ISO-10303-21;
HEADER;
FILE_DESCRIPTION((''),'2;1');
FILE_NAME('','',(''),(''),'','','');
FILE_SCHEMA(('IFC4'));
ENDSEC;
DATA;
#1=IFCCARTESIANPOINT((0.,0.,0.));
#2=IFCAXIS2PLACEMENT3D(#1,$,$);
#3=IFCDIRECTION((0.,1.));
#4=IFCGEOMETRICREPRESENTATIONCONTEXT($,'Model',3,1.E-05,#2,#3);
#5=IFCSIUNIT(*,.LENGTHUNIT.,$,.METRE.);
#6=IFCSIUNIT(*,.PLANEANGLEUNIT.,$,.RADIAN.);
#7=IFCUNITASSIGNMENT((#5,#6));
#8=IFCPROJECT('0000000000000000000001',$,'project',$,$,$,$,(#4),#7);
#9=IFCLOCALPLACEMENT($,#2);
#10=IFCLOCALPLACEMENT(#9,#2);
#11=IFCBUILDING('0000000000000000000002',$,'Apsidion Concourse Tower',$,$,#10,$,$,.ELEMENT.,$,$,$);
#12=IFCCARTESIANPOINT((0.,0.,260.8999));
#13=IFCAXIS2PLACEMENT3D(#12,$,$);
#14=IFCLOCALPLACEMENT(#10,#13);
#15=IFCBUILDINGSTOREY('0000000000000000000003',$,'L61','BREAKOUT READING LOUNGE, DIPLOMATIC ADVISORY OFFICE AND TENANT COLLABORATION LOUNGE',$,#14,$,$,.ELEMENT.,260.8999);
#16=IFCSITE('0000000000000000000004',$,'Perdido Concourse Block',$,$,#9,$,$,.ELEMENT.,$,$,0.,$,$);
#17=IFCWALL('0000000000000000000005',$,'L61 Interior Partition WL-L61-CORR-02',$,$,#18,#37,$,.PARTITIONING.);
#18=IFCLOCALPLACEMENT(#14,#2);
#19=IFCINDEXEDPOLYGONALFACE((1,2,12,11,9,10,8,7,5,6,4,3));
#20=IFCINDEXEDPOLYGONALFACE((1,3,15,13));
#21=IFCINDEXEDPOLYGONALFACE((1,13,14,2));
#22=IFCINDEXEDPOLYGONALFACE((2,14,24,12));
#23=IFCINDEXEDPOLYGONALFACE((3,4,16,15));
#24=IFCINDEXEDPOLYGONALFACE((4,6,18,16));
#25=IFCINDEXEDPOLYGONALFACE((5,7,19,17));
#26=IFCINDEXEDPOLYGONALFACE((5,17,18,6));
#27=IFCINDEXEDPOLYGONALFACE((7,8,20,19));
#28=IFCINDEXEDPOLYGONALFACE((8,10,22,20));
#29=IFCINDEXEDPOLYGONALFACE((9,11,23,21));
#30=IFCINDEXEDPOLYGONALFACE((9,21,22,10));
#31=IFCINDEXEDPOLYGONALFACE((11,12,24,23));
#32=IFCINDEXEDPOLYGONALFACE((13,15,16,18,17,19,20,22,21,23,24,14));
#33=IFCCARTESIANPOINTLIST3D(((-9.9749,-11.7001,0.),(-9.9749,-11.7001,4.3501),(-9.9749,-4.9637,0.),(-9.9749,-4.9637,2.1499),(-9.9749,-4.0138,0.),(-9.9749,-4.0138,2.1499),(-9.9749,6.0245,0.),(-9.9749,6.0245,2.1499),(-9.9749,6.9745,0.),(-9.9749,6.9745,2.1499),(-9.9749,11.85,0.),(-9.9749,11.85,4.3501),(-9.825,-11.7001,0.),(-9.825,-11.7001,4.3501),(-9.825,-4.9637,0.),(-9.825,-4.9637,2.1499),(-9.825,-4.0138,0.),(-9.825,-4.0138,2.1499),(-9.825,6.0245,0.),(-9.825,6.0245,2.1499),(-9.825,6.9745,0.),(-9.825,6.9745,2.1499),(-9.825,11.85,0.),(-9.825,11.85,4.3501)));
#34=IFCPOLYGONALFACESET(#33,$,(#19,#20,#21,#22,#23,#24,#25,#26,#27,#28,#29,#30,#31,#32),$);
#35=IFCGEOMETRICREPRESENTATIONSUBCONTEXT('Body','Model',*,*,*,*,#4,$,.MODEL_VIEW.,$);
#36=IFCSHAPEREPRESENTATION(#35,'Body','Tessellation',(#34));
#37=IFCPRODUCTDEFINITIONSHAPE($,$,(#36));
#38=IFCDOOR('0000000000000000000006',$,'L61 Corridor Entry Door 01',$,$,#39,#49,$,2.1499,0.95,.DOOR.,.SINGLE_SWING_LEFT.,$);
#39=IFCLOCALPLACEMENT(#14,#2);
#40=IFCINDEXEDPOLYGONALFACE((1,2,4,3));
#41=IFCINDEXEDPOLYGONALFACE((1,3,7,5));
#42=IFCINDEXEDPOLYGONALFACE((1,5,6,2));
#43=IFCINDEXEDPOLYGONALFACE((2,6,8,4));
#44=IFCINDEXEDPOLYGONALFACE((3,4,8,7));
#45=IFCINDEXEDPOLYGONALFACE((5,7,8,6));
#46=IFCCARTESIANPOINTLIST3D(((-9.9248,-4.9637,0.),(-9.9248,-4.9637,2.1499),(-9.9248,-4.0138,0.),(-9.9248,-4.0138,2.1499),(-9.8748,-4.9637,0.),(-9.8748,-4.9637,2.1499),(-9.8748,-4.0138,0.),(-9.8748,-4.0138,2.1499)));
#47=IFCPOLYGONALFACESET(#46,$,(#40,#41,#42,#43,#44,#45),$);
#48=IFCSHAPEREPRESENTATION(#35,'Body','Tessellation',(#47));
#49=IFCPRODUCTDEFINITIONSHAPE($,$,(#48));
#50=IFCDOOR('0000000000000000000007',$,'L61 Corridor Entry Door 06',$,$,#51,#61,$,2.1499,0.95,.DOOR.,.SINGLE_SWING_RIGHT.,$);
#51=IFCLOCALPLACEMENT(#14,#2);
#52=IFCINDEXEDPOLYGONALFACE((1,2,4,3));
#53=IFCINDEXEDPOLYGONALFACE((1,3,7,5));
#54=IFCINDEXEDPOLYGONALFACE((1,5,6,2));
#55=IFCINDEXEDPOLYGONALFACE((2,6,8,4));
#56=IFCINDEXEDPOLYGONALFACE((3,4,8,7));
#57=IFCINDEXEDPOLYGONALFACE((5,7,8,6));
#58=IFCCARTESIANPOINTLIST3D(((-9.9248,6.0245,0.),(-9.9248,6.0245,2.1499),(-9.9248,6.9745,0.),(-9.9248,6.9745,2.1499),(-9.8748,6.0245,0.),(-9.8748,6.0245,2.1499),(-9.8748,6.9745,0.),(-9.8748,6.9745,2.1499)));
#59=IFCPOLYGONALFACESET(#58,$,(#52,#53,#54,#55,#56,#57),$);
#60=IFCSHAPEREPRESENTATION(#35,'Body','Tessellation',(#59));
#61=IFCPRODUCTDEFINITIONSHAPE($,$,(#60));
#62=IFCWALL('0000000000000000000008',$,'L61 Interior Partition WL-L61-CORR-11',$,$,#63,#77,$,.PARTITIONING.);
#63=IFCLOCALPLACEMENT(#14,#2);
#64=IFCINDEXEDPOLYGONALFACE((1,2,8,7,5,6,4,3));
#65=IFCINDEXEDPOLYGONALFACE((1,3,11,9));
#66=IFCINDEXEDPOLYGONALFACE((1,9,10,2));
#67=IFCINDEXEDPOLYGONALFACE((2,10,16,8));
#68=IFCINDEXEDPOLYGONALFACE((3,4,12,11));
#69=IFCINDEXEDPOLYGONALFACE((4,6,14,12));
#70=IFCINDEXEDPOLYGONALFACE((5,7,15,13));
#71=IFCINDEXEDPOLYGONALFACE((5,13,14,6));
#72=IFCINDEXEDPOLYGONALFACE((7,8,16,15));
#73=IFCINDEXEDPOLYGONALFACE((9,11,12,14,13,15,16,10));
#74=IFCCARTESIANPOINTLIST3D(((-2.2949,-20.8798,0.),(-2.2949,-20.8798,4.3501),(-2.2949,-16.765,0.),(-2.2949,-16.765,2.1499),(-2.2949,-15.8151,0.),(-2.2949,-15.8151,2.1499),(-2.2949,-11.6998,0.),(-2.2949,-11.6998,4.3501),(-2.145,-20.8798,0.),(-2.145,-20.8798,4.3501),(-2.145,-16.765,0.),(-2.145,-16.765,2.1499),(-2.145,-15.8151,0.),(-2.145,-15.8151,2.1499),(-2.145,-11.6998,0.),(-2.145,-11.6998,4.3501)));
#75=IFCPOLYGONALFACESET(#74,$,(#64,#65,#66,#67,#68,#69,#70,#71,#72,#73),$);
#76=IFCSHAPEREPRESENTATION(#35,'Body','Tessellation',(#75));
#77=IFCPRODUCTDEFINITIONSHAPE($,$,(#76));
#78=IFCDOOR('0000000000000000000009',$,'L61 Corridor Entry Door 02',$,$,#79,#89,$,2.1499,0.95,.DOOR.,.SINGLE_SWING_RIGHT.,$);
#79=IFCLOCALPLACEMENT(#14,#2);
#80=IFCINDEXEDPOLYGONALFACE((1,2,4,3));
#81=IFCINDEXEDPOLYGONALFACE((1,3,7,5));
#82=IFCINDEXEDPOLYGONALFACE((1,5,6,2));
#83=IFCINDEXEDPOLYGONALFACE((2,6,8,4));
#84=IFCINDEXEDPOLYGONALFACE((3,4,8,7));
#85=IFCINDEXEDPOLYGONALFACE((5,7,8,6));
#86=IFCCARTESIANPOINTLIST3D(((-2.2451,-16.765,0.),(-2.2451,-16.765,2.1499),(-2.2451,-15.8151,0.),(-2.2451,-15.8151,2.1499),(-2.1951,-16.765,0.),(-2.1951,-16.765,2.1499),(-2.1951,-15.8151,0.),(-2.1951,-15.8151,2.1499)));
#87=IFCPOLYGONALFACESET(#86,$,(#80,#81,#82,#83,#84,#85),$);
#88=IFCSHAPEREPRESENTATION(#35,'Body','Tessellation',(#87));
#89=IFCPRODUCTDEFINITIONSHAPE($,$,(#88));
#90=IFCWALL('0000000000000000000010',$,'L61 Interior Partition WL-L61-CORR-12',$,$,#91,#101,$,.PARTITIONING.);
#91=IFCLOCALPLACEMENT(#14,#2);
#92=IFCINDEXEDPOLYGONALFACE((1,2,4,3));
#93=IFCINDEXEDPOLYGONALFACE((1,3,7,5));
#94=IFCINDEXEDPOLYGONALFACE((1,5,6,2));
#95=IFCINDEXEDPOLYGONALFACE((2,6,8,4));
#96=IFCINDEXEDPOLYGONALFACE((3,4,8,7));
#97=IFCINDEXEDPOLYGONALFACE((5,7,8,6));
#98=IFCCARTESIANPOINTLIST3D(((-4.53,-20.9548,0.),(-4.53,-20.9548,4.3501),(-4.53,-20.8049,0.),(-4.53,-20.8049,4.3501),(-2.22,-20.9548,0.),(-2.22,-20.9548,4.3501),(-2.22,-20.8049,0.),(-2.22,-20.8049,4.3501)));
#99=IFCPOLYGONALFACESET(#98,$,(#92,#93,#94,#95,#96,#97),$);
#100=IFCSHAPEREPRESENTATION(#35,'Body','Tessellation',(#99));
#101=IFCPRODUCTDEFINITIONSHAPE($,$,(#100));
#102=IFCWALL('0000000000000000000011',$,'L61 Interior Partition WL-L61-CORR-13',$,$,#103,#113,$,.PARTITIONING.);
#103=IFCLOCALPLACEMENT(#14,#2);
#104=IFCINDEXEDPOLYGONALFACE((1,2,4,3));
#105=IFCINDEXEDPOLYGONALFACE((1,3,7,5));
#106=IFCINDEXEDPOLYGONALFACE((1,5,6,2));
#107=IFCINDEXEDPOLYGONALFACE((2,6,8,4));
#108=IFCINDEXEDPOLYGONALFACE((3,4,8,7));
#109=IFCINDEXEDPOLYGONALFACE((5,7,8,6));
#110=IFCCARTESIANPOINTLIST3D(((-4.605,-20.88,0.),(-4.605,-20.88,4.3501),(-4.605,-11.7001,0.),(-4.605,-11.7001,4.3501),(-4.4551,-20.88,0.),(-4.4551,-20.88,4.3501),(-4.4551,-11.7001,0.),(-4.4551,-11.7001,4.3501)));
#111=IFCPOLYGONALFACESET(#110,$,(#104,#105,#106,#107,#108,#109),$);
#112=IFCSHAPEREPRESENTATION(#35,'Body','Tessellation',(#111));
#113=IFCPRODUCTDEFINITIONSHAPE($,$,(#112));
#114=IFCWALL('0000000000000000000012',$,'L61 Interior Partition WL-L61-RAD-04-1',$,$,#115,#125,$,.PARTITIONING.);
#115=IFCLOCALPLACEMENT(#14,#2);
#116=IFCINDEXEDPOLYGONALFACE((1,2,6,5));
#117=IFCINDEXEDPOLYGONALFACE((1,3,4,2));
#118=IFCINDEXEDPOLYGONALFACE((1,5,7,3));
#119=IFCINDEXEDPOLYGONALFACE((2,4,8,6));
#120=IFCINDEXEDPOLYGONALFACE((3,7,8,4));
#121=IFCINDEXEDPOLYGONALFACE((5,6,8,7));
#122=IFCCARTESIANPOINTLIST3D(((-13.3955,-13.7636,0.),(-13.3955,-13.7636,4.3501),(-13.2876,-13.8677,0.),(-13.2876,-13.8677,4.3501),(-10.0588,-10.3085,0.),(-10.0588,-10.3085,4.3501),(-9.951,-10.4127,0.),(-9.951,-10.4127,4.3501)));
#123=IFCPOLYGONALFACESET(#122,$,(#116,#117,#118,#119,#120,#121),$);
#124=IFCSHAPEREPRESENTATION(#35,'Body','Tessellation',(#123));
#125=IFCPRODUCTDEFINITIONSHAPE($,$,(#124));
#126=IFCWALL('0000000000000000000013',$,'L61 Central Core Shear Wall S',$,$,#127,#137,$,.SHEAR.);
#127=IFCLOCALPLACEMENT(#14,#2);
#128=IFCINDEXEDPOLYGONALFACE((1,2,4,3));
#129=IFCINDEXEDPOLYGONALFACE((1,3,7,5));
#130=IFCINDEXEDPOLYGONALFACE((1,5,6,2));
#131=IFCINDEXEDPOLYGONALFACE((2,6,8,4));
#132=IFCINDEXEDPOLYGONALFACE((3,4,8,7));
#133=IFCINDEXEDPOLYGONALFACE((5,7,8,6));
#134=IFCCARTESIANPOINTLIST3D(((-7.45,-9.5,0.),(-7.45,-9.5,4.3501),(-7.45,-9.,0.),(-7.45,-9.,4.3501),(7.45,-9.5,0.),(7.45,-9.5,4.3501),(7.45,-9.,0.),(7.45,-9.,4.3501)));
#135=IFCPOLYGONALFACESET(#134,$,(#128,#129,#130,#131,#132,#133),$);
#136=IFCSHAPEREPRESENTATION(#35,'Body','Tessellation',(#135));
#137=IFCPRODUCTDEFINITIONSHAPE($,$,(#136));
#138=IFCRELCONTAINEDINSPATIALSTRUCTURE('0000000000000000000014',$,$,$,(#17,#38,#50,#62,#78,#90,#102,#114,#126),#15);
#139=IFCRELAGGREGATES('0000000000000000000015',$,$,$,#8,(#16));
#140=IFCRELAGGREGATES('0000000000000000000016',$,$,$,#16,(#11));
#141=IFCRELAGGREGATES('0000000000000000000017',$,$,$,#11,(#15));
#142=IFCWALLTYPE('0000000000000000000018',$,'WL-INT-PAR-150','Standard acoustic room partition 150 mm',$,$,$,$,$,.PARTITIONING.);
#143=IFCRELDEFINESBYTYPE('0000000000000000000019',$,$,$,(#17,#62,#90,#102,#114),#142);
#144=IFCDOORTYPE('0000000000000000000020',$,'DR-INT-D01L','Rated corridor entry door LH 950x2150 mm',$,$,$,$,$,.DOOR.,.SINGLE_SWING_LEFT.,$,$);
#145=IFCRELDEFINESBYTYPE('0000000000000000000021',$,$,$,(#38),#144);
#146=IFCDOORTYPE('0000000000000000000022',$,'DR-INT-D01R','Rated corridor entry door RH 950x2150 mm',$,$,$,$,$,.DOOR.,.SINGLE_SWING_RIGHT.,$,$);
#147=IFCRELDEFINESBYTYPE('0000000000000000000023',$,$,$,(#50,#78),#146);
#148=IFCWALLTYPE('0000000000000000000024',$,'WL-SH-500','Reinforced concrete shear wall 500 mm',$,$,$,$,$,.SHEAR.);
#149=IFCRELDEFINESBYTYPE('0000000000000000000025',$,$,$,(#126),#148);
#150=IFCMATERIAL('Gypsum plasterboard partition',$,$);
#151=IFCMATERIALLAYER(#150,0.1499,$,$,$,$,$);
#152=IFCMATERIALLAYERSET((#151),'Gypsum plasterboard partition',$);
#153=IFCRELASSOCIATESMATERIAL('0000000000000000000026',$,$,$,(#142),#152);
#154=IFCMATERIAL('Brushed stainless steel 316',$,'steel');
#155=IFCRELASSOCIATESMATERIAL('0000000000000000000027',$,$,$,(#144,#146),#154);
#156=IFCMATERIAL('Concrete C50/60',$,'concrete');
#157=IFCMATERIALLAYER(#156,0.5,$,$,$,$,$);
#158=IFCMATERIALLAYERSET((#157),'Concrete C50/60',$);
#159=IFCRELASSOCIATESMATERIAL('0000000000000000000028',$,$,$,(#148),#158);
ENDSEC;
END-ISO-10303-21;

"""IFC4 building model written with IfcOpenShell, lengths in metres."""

from ifc_helpers import new_model, si_unit, direction, frame, frame_2d, origin, place, context, subcontext, project, spatial, rectangle, extrude, material, layer, layer_set, type_object, element, fill, save


model = new_model("IFC4")

# Units and contexts
model_context = context("Model", 3, precision=1e-05, world=origin(), true_north=direction((0.0, 1.0)))
body_context = subcontext(model_context, "Body", "Model", "MODEL_VIEW")
ifc_project = project(units=[si_unit("LENGTHUNIT", "METRE"), si_unit("PLANEANGLEUNIT", "RADIAN")], contexts=[model_context])

# Site, building, storey
site_placement = place(None, origin())
site = spatial("IfcSite", under=ifc_project, at=site_placement, Name="Perdido Concourse Block", CompositionType="ELEMENT", RefElevation=0.0)
building_placement = place(site_placement, origin())
building = spatial("IfcBuilding", under=site, at=building_placement, Name="Apsidion Concourse Tower", CompositionType="ELEMENT")
storey_placement = place(building_placement, frame((0.0, 0.0, 260.8999)))
storey = spatial("IfcBuildingStorey", under=building, at=storey_placement, Name="L61", Description="BREAKOUT READING LOUNGE, DIPLOMATIC ADVISORY OFFICE AND TENANT COLLABORATION LOUNGE", CompositionType="ELEMENT", Elevation=260.8999)

# Shared definitions
ifc_material_1 = material(Name="Concrete C50/60", Category="concrete")

# Shared definitions
ifc_material_2 = material(Name="Gypsum plasterboard partition")
ifc_layer_1 = layer(ifc_material_2, 0.1499)
ifc_layer_set_1 = layer_set([ifc_layer_1], Name="Gypsum plasterboard partition")
wall_type_1 = type_object("IfcWallType", Name="WL-INT-PAR-150", Description="Standard acoustic room partition 150 mm", PredefinedType="PARTITIONING", material=ifc_layer_set_1)

# Wall, openings, doors
wall_1_placement = place(storey_placement, frame((-9.8999, -11.7, 0.0), z_axis=(0.0, 0.0, 1.0), x_axis=(0.0, 1.0, 0.0)))
wall_1 = element("IfcWall", 1, at=wall_1_placement, inside=storey, type_object=wall_type_1, Name="L61 Interior Partition WL-L61-CORR-02", PredefinedType="PARTITIONING", context=body_context, shape_type="SweptSolid", body=[
    extrude(rectangle(XDim=23.55, YDim=0.1499, at=frame_2d((11.7749, 0.0))), origin(), (0.0, 0.0, 1.0), 4.3501),
])
opening_1_placement = place(wall_1_placement, frame((6.7361, 0.0, 0.0)))
opening_1 = element("IfcOpeningElement", 2, at=opening_1_placement, cuts=wall_1, PredefinedType="OPENING", context=body_context, shape_type="SweptSolid", body=[
    extrude(rectangle(XDim=0.95, YDim=2.1499, at=frame_2d((0.4751, 1.075))), frame((0.0, 0.085, 0.0), z_axis=(0.0, -1.0, 0.0), x_axis=(1.0, 0.0, 0.0)), (0.0, 0.0, 1.0), 0.1699),
])
opening_2_placement = place(wall_1_placement, frame((17.7244, 0.0, 0.0)))
opening_2 = element("IfcOpeningElement", 3, at=opening_2_placement, cuts=wall_1, PredefinedType="OPENING", context=body_context, shape_type="SweptSolid", body=[
    extrude(rectangle(XDim=0.95, YDim=2.1499, at=frame_2d((0.4751, 1.075))), frame((0.0, 0.085, 0.0), z_axis=(0.0, -1.0, 0.0), x_axis=(1.0, 0.0, 0.0)), (0.0, 0.0, 1.0), 0.1699),
])
ifc_material_3 = material(Name="Brushed stainless steel 316", Category="steel")
door_type_1 = type_object("IfcDoorType", Name="DR-INT-D01L", Description="Rated corridor entry door LH 950x2150 mm", OperationType="SINGLE_SWING_LEFT", PredefinedType="DOOR", material=ifc_material_3)
door_1_placement = place(opening_1_placement, origin())
door_1 = element("IfcDoor", 4, at=door_1_placement, inside=storey, type_object=door_type_1, Name="L61 Corridor Entry Door 01", OperationType="SINGLE_SWING_LEFT", OverallHeight=2.1499, OverallWidth=0.95, PredefinedType="DOOR", context=body_context, shape_type="SweptSolid", body=[
    extrude(rectangle(XDim=0.95, YDim=2.1499, at=frame_2d((0.4751, 1.075))), frame((0.0, 0.0249, 0.0), z_axis=(0.0, -1.0, 0.0), x_axis=(1.0, 0.0, 0.0)), (0.0, 0.0, 1.0), 0.05),
])
fill(opening_1, door_1)
door_type_2 = type_object("IfcDoorType", Name="DR-INT-D01R", Description="Rated corridor entry door RH 950x2150 mm", OperationType="SINGLE_SWING_RIGHT", PredefinedType="DOOR", material=ifc_material_3)
door_2_placement = place(opening_2_placement, origin())
door_2 = element("IfcDoor", 5, at=door_2_placement, inside=storey, type_object=door_type_2, Name="L61 Corridor Entry Door 06", OperationType="SINGLE_SWING_RIGHT", OverallHeight=2.1499, OverallWidth=0.95, PredefinedType="DOOR", context=body_context, shape_type="SweptSolid", body=[
    extrude(rectangle(XDim=0.95, YDim=2.1499, at=frame_2d((0.4751, 1.075))), frame((0.0, 0.0249, 0.0), z_axis=(0.0, -1.0, 0.0), x_axis=(1.0, 0.0, 0.0)), (0.0, 0.0, 1.0), 0.05),
])
fill(opening_2, door_2)

# Wall, opening, door
wall_2_placement = place(storey_placement, frame((-2.22, -11.7, 0.0), z_axis=(0.0, 0.0, 1.0), x_axis=(0.0, -1.0, 0.0)))
wall_2 = element("IfcWall", 6, at=wall_2_placement, inside=storey, type_object=wall_type_1, Name="L61 Interior Partition WL-L61-CORR-11", PredefinedType="PARTITIONING", context=body_context, shape_type="SweptSolid", body=[
    extrude(rectangle(XDim=9.1799, YDim=0.1499, at=frame_2d((4.5898, 0.0))), origin(), (0.0, 0.0, 1.0), 4.3501),
])
opening_3_placement = place(wall_2_placement, frame((4.115, 0.0, 0.0)))
opening_3 = element("IfcOpeningElement", 7, at=opening_3_placement, cuts=wall_2, PredefinedType="OPENING", context=body_context, shape_type="SweptSolid", body=[
    extrude(rectangle(XDim=0.95, YDim=2.1499, at=frame_2d((0.4751, 1.075))), frame((0.0, 0.085, 0.0), z_axis=(0.0, -1.0, 0.0), x_axis=(1.0, 0.0, 0.0)), (0.0, 0.0, 1.0), 0.1699),
])
door_3_placement = place(opening_3_placement, origin())
door_3 = element("IfcDoor", 8, at=door_3_placement, inside=storey, type_object=door_type_2, Name="L61 Corridor Entry Door 02", OperationType="SINGLE_SWING_RIGHT", OverallHeight=2.1499, OverallWidth=0.95, PredefinedType="DOOR", context=body_context, shape_type="SweptSolid", body=[
    extrude(rectangle(XDim=0.95, YDim=2.1499, at=frame_2d((0.4751, 1.075))), frame((0.0, 0.0249, 0.0), z_axis=(0.0, -1.0, 0.0), x_axis=(1.0, 0.0, 0.0)), (0.0, 0.0, 1.0), 0.05),
])
fill(opening_3, door_3)

# Walls
wall_3_placement = place(storey_placement, frame((-2.22, -20.8799, 0.0), z_axis=(0.0, 0.0, 1.0), x_axis=(-1.0, 0.0, 0.0)))
element("IfcWall", 9, at=wall_3_placement, inside=storey, type_object=wall_type_1, Name="L61 Interior Partition WL-L61-CORR-12", PredefinedType="PARTITIONING", context=body_context, shape_type="SweptSolid", body=[
    extrude(rectangle(XDim=2.3101, YDim=0.1499, at=frame_2d((1.155, 0.0))), origin(), (0.0, 0.0, 1.0), 4.3501),
])
wall_4_placement = place(storey_placement, frame((-4.53, -20.8799, 0.0), z_axis=(0.0, 0.0, 1.0), x_axis=(0.0, 1.0, 0.0)))
element("IfcWall", 10, at=wall_4_placement, inside=storey, type_object=wall_type_1, Name="L61 Interior Partition WL-L61-CORR-13", PredefinedType="PARTITIONING", context=body_context, shape_type="SweptSolid", body=[
    extrude(rectangle(XDim=9.1799, YDim=0.1499, at=frame_2d((4.5898, 0.0))), origin(), (0.0, 0.0, 1.0), 4.3501),
])
wall_5_placement = place(storey_placement, frame((-10.0049, -10.3606, 0.0), z_axis=(0.0, 0.0, 1.0), x_axis=(-0.694673, -0.719325, 0.0)))
element("IfcWall", 11, at=wall_5_placement, inside=storey, type_object=wall_type_1, Name="L61 Interior Partition WL-L61-RAD-04-1", PredefinedType="PARTITIONING", context=body_context, shape_type="SweptSolid", body=[
    extrude(rectangle(XDim=4.8032, YDim=0.1499, at=frame_2d((2.4016, 0.0))), origin(), (0.0, 0.0, 1.0), 4.3501),
])
ifc_layer_2 = layer(ifc_material_1, 0.5)
ifc_layer_set_2 = layer_set([ifc_layer_2], Name="Concrete C50/60")
wall_type_2 = type_object("IfcWallType", Name="WL-SH-500", Description="Reinforced concrete shear wall 500 mm", PredefinedType="SHEAR", material=ifc_layer_set_2)
wall_6_placement = place(storey_placement, frame((-7.45, -9.25, 0.0), z_axis=(0.0, 0.0, 1.0), x_axis=(1.0, 0.0, 0.0)))
element("IfcWall", 12, at=wall_6_placement, inside=storey, type_object=wall_type_2, Name="L61 Central Core Shear Wall S", PredefinedType="SHEAR", context=body_context, shape_type="SweptSolid", body=[
    extrude(rectangle(XDim=14.8999, YDim=0.5, at=frame_2d((7.45, 0.0))), origin(), (0.0, 0.0, 1.0), 4.3501),
])

save(model, "model.ifc")
